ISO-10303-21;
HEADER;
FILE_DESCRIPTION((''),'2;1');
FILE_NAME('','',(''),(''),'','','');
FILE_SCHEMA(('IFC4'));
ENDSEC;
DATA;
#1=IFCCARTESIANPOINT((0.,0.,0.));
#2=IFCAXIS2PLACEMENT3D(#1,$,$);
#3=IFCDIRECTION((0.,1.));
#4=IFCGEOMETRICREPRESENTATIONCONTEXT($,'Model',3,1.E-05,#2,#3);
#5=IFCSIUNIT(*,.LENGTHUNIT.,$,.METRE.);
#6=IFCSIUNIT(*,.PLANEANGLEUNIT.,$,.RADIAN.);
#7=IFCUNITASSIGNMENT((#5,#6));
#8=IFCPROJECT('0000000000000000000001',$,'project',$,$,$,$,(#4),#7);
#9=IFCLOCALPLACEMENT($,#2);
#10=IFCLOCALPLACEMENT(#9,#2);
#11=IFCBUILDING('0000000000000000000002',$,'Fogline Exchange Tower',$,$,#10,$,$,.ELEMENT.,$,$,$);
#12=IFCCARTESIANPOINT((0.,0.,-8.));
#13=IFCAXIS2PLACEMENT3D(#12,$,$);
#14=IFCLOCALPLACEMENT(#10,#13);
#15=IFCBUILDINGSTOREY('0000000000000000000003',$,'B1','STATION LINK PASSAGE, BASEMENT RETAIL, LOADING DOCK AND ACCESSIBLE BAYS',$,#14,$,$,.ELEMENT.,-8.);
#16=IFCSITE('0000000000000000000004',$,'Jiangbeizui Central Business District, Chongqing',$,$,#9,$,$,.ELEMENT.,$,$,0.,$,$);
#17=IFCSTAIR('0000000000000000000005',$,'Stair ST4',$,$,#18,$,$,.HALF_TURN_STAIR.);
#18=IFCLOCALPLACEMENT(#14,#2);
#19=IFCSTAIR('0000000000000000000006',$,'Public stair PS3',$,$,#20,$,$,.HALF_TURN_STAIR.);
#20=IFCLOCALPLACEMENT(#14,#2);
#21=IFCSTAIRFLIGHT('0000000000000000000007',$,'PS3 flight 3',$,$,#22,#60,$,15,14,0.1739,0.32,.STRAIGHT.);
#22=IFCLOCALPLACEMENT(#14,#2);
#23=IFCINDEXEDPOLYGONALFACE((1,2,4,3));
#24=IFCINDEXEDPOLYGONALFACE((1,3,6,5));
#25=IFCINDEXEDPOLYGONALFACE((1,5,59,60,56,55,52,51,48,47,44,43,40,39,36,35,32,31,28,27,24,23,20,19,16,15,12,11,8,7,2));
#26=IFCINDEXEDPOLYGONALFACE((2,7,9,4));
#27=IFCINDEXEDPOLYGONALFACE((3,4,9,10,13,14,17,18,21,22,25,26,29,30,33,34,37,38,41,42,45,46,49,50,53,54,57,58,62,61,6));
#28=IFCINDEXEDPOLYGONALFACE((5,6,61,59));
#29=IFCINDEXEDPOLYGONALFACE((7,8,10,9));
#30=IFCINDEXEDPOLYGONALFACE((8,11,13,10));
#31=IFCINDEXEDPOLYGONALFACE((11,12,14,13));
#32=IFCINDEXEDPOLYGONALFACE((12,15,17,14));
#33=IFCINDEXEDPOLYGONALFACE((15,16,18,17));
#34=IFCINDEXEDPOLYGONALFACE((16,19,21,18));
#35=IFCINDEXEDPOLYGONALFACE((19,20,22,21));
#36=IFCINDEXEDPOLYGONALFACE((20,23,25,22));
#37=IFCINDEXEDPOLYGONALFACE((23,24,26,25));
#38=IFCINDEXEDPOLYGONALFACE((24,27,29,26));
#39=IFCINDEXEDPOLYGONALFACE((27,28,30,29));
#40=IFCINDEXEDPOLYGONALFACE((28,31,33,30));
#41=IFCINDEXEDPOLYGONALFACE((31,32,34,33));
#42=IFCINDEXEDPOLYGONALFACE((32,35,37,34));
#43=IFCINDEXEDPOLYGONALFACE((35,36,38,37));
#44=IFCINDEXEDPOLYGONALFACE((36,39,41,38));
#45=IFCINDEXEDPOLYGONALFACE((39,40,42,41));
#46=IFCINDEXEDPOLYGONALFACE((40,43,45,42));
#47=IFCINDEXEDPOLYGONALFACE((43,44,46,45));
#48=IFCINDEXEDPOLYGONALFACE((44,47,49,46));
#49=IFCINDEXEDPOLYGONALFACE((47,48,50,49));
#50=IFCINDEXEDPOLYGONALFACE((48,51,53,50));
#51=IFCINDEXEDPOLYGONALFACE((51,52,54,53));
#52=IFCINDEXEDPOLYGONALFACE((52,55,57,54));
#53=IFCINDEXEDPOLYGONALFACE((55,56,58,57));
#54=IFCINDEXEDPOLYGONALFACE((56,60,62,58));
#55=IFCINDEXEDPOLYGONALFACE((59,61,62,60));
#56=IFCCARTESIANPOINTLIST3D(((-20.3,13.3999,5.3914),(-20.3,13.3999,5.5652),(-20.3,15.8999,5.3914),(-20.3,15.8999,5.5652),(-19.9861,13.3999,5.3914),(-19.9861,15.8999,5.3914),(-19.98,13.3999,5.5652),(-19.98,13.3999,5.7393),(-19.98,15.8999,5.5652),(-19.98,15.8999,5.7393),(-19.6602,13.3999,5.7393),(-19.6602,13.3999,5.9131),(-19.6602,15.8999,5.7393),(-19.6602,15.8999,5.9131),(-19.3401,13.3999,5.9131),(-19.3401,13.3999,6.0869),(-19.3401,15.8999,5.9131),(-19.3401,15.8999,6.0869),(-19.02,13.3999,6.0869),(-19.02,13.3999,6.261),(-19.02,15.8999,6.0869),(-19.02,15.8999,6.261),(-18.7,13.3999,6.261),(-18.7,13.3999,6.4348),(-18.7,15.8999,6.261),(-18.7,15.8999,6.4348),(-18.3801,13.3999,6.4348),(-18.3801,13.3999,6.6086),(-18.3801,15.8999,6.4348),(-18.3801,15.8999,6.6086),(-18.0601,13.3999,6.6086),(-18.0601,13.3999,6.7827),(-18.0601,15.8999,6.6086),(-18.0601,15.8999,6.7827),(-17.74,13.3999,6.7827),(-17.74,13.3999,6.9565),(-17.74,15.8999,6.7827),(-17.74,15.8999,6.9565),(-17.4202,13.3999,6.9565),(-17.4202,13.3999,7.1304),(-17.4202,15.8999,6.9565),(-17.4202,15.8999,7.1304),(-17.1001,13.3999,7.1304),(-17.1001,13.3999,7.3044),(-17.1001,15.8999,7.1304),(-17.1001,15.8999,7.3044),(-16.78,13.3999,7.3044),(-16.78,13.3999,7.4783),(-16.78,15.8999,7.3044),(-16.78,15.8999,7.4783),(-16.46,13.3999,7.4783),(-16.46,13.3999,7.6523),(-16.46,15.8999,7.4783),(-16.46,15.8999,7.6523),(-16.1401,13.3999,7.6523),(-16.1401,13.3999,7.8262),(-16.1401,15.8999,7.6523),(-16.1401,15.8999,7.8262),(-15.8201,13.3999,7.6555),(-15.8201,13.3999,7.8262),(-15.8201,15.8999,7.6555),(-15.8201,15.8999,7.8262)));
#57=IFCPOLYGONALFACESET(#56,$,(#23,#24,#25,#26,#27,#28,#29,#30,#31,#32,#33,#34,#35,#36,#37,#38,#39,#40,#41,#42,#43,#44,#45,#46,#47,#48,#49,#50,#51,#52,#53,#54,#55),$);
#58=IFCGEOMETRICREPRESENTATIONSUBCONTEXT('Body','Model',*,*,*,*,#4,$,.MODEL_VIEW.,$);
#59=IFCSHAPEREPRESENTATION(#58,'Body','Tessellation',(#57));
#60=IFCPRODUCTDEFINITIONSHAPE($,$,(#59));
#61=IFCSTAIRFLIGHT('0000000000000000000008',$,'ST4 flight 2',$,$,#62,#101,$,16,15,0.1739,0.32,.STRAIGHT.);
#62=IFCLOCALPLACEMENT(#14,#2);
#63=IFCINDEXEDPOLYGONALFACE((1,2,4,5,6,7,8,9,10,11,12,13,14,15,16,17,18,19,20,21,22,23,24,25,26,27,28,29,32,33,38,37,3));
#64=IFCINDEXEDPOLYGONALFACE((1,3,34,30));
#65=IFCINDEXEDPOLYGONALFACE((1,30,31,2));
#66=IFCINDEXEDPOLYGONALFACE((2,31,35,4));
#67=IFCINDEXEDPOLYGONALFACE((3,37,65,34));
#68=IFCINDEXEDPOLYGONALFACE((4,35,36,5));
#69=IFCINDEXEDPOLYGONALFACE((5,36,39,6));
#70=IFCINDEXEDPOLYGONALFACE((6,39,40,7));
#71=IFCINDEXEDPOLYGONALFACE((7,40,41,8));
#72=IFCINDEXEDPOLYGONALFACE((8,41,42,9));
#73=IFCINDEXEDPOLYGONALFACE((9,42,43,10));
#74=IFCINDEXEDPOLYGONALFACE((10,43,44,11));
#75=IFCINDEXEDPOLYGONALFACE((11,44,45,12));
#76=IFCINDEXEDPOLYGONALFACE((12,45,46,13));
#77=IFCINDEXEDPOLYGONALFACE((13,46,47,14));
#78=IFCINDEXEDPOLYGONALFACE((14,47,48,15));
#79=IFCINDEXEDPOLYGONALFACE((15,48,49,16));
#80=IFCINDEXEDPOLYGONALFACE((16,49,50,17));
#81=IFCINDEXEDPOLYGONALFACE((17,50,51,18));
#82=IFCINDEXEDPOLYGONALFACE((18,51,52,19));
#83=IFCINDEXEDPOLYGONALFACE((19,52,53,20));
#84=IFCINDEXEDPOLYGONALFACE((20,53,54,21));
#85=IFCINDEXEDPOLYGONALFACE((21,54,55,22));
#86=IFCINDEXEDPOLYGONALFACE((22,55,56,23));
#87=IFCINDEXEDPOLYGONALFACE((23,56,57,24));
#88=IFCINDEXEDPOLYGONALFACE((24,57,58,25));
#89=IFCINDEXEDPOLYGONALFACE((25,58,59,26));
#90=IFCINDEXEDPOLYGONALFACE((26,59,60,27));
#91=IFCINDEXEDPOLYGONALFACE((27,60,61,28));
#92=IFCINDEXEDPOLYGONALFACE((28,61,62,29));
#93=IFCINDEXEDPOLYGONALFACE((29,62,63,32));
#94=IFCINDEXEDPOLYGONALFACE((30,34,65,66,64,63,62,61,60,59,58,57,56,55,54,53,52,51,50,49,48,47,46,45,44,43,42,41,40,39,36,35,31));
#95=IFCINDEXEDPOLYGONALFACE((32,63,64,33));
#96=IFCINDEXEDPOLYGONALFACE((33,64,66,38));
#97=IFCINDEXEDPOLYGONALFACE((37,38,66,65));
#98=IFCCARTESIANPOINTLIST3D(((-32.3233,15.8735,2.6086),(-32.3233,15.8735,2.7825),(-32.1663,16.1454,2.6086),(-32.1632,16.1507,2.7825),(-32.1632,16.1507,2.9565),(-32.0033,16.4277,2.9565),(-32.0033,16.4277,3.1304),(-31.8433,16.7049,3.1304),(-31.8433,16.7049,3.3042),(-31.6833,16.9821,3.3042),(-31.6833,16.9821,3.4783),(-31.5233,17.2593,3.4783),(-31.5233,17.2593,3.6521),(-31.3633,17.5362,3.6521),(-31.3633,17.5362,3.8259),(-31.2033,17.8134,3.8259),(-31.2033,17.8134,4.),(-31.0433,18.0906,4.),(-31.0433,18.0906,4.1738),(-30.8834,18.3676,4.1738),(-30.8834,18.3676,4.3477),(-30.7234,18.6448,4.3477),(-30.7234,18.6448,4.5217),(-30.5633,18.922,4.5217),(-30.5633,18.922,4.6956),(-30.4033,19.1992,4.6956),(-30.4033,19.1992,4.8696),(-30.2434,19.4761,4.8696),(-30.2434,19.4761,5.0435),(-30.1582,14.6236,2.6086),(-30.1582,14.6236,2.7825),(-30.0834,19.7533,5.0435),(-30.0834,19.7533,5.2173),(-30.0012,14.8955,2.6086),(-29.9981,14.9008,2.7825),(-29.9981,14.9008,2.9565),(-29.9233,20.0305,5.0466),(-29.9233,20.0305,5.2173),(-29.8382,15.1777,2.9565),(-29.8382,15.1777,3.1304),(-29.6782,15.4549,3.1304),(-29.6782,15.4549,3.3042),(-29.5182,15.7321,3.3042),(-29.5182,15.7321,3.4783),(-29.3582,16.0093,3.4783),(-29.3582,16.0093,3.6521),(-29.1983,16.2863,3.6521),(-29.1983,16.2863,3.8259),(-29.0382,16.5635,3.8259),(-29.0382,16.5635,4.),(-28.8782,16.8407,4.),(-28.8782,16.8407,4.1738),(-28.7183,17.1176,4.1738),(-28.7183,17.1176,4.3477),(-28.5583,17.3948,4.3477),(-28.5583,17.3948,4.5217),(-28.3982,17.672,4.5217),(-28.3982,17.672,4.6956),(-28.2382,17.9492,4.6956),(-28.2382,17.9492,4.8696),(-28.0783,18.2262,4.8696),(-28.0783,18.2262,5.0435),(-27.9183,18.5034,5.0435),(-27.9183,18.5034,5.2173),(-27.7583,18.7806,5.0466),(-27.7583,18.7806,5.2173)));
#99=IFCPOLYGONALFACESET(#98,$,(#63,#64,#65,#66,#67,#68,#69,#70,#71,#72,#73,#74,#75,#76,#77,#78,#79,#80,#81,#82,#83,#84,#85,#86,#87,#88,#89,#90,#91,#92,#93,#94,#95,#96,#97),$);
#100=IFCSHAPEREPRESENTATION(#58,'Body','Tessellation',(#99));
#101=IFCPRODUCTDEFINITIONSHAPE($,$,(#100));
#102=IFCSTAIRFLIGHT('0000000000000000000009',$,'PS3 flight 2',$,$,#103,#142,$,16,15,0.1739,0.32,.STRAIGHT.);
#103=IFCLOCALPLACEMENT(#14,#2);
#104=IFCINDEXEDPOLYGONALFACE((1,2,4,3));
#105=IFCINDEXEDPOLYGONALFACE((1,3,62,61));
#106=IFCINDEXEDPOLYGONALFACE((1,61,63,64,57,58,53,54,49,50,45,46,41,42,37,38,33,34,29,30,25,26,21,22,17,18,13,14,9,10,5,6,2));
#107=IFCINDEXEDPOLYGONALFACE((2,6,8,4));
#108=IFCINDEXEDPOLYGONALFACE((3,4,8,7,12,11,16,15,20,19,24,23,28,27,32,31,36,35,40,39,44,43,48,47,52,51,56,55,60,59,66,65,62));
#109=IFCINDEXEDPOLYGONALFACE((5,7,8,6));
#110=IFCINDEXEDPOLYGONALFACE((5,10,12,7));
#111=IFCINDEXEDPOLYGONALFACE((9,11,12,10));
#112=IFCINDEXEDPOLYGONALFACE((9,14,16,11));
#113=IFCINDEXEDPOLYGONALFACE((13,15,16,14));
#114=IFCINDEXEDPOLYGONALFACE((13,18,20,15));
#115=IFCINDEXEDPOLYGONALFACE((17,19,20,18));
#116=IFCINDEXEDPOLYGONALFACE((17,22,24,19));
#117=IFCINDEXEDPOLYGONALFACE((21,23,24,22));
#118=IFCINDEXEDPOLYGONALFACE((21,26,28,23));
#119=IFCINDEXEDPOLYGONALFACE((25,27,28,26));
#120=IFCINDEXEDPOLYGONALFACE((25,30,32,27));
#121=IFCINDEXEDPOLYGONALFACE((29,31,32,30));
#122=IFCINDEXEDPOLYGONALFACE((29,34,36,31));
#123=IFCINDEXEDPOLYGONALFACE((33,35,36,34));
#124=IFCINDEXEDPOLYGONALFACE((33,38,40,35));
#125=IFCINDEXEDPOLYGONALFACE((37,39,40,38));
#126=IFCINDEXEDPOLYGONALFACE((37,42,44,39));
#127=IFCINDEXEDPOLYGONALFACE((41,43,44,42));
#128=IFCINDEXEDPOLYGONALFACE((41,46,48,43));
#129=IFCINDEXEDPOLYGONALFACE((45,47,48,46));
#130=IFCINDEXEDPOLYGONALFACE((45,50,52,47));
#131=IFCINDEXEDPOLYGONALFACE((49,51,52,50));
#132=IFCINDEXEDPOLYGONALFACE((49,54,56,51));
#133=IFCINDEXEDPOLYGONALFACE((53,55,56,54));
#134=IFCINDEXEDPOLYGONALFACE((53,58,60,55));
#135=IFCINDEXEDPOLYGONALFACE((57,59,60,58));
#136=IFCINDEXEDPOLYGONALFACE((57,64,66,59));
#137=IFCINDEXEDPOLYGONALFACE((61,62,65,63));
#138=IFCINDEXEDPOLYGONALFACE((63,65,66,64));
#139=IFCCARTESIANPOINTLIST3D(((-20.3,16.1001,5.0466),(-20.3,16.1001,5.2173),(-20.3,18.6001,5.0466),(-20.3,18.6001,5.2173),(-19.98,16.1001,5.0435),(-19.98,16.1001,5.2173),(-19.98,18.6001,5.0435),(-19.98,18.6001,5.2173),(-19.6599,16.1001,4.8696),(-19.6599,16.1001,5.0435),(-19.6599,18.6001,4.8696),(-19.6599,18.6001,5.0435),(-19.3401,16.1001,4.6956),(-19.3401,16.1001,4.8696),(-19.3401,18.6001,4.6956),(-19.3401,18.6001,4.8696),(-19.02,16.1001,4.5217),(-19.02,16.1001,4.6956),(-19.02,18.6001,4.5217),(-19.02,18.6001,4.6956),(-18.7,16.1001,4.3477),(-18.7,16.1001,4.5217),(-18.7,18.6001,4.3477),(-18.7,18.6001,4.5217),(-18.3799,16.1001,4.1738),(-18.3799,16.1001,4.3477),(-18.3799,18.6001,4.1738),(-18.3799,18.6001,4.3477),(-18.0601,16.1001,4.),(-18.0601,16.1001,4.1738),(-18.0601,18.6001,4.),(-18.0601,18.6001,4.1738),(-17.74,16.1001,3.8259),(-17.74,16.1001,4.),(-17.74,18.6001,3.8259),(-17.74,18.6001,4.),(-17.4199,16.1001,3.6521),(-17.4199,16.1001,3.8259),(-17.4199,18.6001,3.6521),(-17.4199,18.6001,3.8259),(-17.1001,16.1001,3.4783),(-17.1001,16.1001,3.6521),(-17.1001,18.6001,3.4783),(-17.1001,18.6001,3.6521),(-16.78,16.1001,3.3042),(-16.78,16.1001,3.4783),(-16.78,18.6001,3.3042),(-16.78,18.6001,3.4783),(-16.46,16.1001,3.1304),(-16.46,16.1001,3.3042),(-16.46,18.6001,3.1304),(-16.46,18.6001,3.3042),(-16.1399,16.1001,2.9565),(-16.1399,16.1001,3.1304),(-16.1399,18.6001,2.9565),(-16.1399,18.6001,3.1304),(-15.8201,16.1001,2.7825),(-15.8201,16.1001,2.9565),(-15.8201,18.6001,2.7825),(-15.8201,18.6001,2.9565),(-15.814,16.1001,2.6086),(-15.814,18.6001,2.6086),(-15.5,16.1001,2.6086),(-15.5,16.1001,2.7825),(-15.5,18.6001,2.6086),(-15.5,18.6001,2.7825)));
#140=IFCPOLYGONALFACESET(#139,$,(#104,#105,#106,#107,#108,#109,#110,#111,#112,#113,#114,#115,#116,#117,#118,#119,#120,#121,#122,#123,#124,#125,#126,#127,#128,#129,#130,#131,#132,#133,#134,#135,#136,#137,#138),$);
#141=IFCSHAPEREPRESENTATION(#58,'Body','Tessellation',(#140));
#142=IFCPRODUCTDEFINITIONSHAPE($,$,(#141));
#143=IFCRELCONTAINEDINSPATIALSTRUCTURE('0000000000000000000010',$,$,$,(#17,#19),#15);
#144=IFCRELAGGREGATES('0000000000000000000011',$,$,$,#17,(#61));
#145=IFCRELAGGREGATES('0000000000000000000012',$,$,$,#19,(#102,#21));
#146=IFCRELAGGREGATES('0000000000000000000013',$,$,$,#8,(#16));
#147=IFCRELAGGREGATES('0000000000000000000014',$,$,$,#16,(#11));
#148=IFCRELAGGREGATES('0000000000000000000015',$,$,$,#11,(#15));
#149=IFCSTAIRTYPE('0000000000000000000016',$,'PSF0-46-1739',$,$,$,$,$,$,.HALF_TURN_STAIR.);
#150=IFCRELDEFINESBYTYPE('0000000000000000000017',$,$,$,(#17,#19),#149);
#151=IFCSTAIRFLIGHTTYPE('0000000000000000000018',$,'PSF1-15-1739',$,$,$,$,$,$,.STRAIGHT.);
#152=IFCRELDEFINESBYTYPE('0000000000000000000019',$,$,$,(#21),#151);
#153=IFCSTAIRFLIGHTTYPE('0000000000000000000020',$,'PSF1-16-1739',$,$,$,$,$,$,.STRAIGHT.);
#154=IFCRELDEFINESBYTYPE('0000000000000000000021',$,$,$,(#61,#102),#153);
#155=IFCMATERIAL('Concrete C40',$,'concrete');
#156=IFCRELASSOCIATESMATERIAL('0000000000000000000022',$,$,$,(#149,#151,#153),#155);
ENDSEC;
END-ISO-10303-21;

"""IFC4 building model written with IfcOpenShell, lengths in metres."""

from ifc_helpers import new_model, si_unit, direction, frame, origin, place, context, subcontext, project, spatial, polyline, outline, extrude, material, type_object, element, aggregate, save


model = new_model("IFC4")

# Units and contexts
model_context = context("Model", 3, precision=1e-05, world=origin(), true_north=direction((0.0, 1.0)))
body_context = subcontext(model_context, "Body", "Model", "MODEL_VIEW")
ifc_project = project(units=[si_unit("LENGTHUNIT", "METRE"), si_unit("PLANEANGLEUNIT", "RADIAN")], contexts=[model_context])

# Site, building, storey
site_placement = place(None, origin())
site = spatial("IfcSite", under=ifc_project, at=site_placement, Name="Jiangbeizui Central Business District, Chongqing", CompositionType="ELEMENT", RefElevation=0.0)
building_placement = place(site_placement, origin())
building = spatial("IfcBuilding", under=site, at=building_placement, Name="Fogline Exchange Tower", CompositionType="ELEMENT")
storey_placement = place(building_placement, frame((0.0, 0.0, -8.0)))
storey = spatial("IfcBuildingStorey", under=building, at=storey_placement, Name="B1", Description="STATION LINK PASSAGE, BASEMENT RETAIL, LOADING DOCK AND ACCESSIBLE BAYS", CompositionType="ELEMENT", Elevation=-8.0)

# Shared definitions
ifc_material_1 = material(Name="Concrete C40", Category="concrete")

# Stairs, stair flight
stair_type = type_object("IfcStairType", Name="PSF0-46-1739", PredefinedType="HALF_TURN_STAIR", material=ifc_material_1)
stair_1_placement = place(storey_placement, origin())
stair_1 = element("IfcStair", 1, at=stair_1_placement, inside=storey, type_object=stair_type, Name="Stair ST4", PredefinedType="HALF_TURN_STAIR")
stair_flight_type_1 = type_object("IfcStairFlightType", Name="PSF1-15-1739", PredefinedType="STRAIGHT", material=ifc_material_1)
stair_2_placement = place(storey_placement, origin())
stair_2 = element("IfcStair", 2, at=stair_2_placement, inside=storey, type_object=stair_type, Name="Public stair PS3", PredefinedType="HALF_TURN_STAIR")
stair_flight_1_placement = place(storey_placement, frame((-20.3, 14.6499, 5.3914), z_axis=(0.0, 0.0, 1.0), x_axis=(1.0, 0.0, 0.0)))
stair_flight_1 = element("IfcStairFlight", 3, at=stair_flight_1_placement, type_object=stair_flight_type_1, Name="PS3 flight 3", NumberOfRisers=15, NumberOfTreads=14, PredefinedType="STRAIGHT", RiserHeight=0.1739, TreadLength=0.32, context=body_context, shape_type="SweptSolid", body=[
    extrude(outline(polyline([(0.0, 0.0), (0.0, 0.1738), (0.3201, 0.1738), (0.3201, 0.3479), (0.6399, 0.3479), (0.6399, 0.5217), (0.96, 0.5217), (0.96, 0.6956), (1.28, 0.6956), (1.28, 0.8696), (1.6001, 0.8696), (1.6001, 1.0435), (1.9199, 1.0435), (1.9199, 1.2173), (2.24, 1.2173), (2.24, 1.3914), (2.5601, 1.3914), (2.5601, 1.5652), (2.8799, 1.5652), (2.8799, 1.739), (3.2, 1.739), (3.2, 1.9131), (3.52, 1.9131), (3.52, 2.0869), (3.8401, 2.0869), (3.8401, 2.261), (4.1599, 2.261), (4.1599, 2.4348), (4.48, 2.4348), (4.48, 2.6086), (4.48, 2.2642), (0.314, 0.0), (0.0, 0.0)])), frame((0.0, 1.25, 0.0), z_axis=(0.0, -1.0, 0.0), x_axis=(1.0, 0.0, 0.0)), (0.0, 0.0, 1.0), 2.5),
])

# Stair flights
stair_flight_type_2 = type_object("IfcStairFlightType", Name="PSF1-16-1739", PredefinedType="STRAIGHT", material=ifc_material_1)
stair_flight_2_placement = place(storey_placement, frame((-31.2407, 15.2485, 2.6086), z_axis=(0.0, 0.0, 1.0), x_axis=(0.499979, 0.866037, 0.0)))
stair_flight_2 = element("IfcStairFlight", 4, at=stair_flight_2_placement, type_object=stair_flight_type_2, Name="ST4 flight 2", NumberOfRisers=16, NumberOfTreads=15, PredefinedType="STRAIGHT", RiserHeight=0.1739, TreadLength=0.32, context=body_context, shape_type="SweptSolid", body=[
    extrude(outline(polyline([(0.0, 0.0), (0.0, 0.1738), (0.3201, 0.1738), (0.3201, 0.3479), (0.6399, 0.3479), (0.6399, 0.5217), (0.96, 0.5217), (0.96, 0.6956), (1.28, 0.6956), (1.28, 0.8696), (1.6001, 0.8696), (1.6001, 1.0435), (1.9199, 1.0435), (1.9199, 1.2173), (2.24, 1.2173), (2.24, 1.3914), (2.5601, 1.3914), (2.5601, 1.5652), (2.8799, 1.5652), (2.8799, 1.739), (3.2, 1.739), (3.2, 1.9131), (3.52, 1.9131), (3.52, 2.0869), (3.8401, 2.0869), (3.8401, 2.261), (4.1599, 2.261), (4.1599, 2.4348), (4.48, 2.4348), (4.48, 2.6086), (4.8, 2.6086), (4.8, 2.7827), (4.8, 2.438), (0.314, 0.0), (0.0, 0.0)])), frame((0.0, 1.25, 0.0), z_axis=(0.0, -1.0, 0.0), x_axis=(1.0, 0.0, 0.0)), (0.0, 0.0, 1.0), 2.5),
])
aggregate(stair_1, [stair_flight_2])
stair_flight_3_placement = place(storey_placement, frame((-15.5, 17.3501, 2.6086), z_axis=(0.0, 0.0, 1.0), x_axis=(-1.0, 0.0, 0.0)))
stair_flight_3 = element("IfcStairFlight", 5, at=stair_flight_3_placement, type_object=stair_flight_type_2, Name="PS3 flight 2", NumberOfRisers=16, NumberOfTreads=15, PredefinedType="STRAIGHT", RiserHeight=0.1739, TreadLength=0.32, context=body_context, shape_type="SweptSolid", body=[
    extrude(outline(polyline([(0.0, 0.0), (0.0, 0.1738), (0.3201, 0.1738), (0.3201, 0.3479), (0.6399, 0.3479), (0.6399, 0.5217), (0.96, 0.5217), (0.96, 0.6956), (1.28, 0.6956), (1.28, 0.8696), (1.6001, 0.8696), (1.6001, 1.0435), (1.9199, 1.0435), (1.9199, 1.2173), (2.24, 1.2173), (2.24, 1.3914), (2.5601, 1.3914), (2.5601, 1.5652), (2.8799, 1.5652), (2.8799, 1.739), (3.2, 1.739), (3.2, 1.9131), (3.52, 1.9131), (3.52, 2.0869), (3.8401, 2.0869), (3.8401, 2.261), (4.1599, 2.261), (4.1599, 2.4348), (4.48, 2.4348), (4.48, 2.6086), (4.8, 2.6086), (4.8, 2.7827), (4.8, 2.438), (0.314, 0.0), (0.0, 0.0)])), frame((0.0, 1.25, 0.0), z_axis=(0.0, -1.0, 0.0), x_axis=(1.0, 0.0, 0.0)), (0.0, 0.0, 1.0), 2.5),
])
aggregate(stair_2, [stair_flight_3, stair_flight_1])

save(model, "model.ifc")
